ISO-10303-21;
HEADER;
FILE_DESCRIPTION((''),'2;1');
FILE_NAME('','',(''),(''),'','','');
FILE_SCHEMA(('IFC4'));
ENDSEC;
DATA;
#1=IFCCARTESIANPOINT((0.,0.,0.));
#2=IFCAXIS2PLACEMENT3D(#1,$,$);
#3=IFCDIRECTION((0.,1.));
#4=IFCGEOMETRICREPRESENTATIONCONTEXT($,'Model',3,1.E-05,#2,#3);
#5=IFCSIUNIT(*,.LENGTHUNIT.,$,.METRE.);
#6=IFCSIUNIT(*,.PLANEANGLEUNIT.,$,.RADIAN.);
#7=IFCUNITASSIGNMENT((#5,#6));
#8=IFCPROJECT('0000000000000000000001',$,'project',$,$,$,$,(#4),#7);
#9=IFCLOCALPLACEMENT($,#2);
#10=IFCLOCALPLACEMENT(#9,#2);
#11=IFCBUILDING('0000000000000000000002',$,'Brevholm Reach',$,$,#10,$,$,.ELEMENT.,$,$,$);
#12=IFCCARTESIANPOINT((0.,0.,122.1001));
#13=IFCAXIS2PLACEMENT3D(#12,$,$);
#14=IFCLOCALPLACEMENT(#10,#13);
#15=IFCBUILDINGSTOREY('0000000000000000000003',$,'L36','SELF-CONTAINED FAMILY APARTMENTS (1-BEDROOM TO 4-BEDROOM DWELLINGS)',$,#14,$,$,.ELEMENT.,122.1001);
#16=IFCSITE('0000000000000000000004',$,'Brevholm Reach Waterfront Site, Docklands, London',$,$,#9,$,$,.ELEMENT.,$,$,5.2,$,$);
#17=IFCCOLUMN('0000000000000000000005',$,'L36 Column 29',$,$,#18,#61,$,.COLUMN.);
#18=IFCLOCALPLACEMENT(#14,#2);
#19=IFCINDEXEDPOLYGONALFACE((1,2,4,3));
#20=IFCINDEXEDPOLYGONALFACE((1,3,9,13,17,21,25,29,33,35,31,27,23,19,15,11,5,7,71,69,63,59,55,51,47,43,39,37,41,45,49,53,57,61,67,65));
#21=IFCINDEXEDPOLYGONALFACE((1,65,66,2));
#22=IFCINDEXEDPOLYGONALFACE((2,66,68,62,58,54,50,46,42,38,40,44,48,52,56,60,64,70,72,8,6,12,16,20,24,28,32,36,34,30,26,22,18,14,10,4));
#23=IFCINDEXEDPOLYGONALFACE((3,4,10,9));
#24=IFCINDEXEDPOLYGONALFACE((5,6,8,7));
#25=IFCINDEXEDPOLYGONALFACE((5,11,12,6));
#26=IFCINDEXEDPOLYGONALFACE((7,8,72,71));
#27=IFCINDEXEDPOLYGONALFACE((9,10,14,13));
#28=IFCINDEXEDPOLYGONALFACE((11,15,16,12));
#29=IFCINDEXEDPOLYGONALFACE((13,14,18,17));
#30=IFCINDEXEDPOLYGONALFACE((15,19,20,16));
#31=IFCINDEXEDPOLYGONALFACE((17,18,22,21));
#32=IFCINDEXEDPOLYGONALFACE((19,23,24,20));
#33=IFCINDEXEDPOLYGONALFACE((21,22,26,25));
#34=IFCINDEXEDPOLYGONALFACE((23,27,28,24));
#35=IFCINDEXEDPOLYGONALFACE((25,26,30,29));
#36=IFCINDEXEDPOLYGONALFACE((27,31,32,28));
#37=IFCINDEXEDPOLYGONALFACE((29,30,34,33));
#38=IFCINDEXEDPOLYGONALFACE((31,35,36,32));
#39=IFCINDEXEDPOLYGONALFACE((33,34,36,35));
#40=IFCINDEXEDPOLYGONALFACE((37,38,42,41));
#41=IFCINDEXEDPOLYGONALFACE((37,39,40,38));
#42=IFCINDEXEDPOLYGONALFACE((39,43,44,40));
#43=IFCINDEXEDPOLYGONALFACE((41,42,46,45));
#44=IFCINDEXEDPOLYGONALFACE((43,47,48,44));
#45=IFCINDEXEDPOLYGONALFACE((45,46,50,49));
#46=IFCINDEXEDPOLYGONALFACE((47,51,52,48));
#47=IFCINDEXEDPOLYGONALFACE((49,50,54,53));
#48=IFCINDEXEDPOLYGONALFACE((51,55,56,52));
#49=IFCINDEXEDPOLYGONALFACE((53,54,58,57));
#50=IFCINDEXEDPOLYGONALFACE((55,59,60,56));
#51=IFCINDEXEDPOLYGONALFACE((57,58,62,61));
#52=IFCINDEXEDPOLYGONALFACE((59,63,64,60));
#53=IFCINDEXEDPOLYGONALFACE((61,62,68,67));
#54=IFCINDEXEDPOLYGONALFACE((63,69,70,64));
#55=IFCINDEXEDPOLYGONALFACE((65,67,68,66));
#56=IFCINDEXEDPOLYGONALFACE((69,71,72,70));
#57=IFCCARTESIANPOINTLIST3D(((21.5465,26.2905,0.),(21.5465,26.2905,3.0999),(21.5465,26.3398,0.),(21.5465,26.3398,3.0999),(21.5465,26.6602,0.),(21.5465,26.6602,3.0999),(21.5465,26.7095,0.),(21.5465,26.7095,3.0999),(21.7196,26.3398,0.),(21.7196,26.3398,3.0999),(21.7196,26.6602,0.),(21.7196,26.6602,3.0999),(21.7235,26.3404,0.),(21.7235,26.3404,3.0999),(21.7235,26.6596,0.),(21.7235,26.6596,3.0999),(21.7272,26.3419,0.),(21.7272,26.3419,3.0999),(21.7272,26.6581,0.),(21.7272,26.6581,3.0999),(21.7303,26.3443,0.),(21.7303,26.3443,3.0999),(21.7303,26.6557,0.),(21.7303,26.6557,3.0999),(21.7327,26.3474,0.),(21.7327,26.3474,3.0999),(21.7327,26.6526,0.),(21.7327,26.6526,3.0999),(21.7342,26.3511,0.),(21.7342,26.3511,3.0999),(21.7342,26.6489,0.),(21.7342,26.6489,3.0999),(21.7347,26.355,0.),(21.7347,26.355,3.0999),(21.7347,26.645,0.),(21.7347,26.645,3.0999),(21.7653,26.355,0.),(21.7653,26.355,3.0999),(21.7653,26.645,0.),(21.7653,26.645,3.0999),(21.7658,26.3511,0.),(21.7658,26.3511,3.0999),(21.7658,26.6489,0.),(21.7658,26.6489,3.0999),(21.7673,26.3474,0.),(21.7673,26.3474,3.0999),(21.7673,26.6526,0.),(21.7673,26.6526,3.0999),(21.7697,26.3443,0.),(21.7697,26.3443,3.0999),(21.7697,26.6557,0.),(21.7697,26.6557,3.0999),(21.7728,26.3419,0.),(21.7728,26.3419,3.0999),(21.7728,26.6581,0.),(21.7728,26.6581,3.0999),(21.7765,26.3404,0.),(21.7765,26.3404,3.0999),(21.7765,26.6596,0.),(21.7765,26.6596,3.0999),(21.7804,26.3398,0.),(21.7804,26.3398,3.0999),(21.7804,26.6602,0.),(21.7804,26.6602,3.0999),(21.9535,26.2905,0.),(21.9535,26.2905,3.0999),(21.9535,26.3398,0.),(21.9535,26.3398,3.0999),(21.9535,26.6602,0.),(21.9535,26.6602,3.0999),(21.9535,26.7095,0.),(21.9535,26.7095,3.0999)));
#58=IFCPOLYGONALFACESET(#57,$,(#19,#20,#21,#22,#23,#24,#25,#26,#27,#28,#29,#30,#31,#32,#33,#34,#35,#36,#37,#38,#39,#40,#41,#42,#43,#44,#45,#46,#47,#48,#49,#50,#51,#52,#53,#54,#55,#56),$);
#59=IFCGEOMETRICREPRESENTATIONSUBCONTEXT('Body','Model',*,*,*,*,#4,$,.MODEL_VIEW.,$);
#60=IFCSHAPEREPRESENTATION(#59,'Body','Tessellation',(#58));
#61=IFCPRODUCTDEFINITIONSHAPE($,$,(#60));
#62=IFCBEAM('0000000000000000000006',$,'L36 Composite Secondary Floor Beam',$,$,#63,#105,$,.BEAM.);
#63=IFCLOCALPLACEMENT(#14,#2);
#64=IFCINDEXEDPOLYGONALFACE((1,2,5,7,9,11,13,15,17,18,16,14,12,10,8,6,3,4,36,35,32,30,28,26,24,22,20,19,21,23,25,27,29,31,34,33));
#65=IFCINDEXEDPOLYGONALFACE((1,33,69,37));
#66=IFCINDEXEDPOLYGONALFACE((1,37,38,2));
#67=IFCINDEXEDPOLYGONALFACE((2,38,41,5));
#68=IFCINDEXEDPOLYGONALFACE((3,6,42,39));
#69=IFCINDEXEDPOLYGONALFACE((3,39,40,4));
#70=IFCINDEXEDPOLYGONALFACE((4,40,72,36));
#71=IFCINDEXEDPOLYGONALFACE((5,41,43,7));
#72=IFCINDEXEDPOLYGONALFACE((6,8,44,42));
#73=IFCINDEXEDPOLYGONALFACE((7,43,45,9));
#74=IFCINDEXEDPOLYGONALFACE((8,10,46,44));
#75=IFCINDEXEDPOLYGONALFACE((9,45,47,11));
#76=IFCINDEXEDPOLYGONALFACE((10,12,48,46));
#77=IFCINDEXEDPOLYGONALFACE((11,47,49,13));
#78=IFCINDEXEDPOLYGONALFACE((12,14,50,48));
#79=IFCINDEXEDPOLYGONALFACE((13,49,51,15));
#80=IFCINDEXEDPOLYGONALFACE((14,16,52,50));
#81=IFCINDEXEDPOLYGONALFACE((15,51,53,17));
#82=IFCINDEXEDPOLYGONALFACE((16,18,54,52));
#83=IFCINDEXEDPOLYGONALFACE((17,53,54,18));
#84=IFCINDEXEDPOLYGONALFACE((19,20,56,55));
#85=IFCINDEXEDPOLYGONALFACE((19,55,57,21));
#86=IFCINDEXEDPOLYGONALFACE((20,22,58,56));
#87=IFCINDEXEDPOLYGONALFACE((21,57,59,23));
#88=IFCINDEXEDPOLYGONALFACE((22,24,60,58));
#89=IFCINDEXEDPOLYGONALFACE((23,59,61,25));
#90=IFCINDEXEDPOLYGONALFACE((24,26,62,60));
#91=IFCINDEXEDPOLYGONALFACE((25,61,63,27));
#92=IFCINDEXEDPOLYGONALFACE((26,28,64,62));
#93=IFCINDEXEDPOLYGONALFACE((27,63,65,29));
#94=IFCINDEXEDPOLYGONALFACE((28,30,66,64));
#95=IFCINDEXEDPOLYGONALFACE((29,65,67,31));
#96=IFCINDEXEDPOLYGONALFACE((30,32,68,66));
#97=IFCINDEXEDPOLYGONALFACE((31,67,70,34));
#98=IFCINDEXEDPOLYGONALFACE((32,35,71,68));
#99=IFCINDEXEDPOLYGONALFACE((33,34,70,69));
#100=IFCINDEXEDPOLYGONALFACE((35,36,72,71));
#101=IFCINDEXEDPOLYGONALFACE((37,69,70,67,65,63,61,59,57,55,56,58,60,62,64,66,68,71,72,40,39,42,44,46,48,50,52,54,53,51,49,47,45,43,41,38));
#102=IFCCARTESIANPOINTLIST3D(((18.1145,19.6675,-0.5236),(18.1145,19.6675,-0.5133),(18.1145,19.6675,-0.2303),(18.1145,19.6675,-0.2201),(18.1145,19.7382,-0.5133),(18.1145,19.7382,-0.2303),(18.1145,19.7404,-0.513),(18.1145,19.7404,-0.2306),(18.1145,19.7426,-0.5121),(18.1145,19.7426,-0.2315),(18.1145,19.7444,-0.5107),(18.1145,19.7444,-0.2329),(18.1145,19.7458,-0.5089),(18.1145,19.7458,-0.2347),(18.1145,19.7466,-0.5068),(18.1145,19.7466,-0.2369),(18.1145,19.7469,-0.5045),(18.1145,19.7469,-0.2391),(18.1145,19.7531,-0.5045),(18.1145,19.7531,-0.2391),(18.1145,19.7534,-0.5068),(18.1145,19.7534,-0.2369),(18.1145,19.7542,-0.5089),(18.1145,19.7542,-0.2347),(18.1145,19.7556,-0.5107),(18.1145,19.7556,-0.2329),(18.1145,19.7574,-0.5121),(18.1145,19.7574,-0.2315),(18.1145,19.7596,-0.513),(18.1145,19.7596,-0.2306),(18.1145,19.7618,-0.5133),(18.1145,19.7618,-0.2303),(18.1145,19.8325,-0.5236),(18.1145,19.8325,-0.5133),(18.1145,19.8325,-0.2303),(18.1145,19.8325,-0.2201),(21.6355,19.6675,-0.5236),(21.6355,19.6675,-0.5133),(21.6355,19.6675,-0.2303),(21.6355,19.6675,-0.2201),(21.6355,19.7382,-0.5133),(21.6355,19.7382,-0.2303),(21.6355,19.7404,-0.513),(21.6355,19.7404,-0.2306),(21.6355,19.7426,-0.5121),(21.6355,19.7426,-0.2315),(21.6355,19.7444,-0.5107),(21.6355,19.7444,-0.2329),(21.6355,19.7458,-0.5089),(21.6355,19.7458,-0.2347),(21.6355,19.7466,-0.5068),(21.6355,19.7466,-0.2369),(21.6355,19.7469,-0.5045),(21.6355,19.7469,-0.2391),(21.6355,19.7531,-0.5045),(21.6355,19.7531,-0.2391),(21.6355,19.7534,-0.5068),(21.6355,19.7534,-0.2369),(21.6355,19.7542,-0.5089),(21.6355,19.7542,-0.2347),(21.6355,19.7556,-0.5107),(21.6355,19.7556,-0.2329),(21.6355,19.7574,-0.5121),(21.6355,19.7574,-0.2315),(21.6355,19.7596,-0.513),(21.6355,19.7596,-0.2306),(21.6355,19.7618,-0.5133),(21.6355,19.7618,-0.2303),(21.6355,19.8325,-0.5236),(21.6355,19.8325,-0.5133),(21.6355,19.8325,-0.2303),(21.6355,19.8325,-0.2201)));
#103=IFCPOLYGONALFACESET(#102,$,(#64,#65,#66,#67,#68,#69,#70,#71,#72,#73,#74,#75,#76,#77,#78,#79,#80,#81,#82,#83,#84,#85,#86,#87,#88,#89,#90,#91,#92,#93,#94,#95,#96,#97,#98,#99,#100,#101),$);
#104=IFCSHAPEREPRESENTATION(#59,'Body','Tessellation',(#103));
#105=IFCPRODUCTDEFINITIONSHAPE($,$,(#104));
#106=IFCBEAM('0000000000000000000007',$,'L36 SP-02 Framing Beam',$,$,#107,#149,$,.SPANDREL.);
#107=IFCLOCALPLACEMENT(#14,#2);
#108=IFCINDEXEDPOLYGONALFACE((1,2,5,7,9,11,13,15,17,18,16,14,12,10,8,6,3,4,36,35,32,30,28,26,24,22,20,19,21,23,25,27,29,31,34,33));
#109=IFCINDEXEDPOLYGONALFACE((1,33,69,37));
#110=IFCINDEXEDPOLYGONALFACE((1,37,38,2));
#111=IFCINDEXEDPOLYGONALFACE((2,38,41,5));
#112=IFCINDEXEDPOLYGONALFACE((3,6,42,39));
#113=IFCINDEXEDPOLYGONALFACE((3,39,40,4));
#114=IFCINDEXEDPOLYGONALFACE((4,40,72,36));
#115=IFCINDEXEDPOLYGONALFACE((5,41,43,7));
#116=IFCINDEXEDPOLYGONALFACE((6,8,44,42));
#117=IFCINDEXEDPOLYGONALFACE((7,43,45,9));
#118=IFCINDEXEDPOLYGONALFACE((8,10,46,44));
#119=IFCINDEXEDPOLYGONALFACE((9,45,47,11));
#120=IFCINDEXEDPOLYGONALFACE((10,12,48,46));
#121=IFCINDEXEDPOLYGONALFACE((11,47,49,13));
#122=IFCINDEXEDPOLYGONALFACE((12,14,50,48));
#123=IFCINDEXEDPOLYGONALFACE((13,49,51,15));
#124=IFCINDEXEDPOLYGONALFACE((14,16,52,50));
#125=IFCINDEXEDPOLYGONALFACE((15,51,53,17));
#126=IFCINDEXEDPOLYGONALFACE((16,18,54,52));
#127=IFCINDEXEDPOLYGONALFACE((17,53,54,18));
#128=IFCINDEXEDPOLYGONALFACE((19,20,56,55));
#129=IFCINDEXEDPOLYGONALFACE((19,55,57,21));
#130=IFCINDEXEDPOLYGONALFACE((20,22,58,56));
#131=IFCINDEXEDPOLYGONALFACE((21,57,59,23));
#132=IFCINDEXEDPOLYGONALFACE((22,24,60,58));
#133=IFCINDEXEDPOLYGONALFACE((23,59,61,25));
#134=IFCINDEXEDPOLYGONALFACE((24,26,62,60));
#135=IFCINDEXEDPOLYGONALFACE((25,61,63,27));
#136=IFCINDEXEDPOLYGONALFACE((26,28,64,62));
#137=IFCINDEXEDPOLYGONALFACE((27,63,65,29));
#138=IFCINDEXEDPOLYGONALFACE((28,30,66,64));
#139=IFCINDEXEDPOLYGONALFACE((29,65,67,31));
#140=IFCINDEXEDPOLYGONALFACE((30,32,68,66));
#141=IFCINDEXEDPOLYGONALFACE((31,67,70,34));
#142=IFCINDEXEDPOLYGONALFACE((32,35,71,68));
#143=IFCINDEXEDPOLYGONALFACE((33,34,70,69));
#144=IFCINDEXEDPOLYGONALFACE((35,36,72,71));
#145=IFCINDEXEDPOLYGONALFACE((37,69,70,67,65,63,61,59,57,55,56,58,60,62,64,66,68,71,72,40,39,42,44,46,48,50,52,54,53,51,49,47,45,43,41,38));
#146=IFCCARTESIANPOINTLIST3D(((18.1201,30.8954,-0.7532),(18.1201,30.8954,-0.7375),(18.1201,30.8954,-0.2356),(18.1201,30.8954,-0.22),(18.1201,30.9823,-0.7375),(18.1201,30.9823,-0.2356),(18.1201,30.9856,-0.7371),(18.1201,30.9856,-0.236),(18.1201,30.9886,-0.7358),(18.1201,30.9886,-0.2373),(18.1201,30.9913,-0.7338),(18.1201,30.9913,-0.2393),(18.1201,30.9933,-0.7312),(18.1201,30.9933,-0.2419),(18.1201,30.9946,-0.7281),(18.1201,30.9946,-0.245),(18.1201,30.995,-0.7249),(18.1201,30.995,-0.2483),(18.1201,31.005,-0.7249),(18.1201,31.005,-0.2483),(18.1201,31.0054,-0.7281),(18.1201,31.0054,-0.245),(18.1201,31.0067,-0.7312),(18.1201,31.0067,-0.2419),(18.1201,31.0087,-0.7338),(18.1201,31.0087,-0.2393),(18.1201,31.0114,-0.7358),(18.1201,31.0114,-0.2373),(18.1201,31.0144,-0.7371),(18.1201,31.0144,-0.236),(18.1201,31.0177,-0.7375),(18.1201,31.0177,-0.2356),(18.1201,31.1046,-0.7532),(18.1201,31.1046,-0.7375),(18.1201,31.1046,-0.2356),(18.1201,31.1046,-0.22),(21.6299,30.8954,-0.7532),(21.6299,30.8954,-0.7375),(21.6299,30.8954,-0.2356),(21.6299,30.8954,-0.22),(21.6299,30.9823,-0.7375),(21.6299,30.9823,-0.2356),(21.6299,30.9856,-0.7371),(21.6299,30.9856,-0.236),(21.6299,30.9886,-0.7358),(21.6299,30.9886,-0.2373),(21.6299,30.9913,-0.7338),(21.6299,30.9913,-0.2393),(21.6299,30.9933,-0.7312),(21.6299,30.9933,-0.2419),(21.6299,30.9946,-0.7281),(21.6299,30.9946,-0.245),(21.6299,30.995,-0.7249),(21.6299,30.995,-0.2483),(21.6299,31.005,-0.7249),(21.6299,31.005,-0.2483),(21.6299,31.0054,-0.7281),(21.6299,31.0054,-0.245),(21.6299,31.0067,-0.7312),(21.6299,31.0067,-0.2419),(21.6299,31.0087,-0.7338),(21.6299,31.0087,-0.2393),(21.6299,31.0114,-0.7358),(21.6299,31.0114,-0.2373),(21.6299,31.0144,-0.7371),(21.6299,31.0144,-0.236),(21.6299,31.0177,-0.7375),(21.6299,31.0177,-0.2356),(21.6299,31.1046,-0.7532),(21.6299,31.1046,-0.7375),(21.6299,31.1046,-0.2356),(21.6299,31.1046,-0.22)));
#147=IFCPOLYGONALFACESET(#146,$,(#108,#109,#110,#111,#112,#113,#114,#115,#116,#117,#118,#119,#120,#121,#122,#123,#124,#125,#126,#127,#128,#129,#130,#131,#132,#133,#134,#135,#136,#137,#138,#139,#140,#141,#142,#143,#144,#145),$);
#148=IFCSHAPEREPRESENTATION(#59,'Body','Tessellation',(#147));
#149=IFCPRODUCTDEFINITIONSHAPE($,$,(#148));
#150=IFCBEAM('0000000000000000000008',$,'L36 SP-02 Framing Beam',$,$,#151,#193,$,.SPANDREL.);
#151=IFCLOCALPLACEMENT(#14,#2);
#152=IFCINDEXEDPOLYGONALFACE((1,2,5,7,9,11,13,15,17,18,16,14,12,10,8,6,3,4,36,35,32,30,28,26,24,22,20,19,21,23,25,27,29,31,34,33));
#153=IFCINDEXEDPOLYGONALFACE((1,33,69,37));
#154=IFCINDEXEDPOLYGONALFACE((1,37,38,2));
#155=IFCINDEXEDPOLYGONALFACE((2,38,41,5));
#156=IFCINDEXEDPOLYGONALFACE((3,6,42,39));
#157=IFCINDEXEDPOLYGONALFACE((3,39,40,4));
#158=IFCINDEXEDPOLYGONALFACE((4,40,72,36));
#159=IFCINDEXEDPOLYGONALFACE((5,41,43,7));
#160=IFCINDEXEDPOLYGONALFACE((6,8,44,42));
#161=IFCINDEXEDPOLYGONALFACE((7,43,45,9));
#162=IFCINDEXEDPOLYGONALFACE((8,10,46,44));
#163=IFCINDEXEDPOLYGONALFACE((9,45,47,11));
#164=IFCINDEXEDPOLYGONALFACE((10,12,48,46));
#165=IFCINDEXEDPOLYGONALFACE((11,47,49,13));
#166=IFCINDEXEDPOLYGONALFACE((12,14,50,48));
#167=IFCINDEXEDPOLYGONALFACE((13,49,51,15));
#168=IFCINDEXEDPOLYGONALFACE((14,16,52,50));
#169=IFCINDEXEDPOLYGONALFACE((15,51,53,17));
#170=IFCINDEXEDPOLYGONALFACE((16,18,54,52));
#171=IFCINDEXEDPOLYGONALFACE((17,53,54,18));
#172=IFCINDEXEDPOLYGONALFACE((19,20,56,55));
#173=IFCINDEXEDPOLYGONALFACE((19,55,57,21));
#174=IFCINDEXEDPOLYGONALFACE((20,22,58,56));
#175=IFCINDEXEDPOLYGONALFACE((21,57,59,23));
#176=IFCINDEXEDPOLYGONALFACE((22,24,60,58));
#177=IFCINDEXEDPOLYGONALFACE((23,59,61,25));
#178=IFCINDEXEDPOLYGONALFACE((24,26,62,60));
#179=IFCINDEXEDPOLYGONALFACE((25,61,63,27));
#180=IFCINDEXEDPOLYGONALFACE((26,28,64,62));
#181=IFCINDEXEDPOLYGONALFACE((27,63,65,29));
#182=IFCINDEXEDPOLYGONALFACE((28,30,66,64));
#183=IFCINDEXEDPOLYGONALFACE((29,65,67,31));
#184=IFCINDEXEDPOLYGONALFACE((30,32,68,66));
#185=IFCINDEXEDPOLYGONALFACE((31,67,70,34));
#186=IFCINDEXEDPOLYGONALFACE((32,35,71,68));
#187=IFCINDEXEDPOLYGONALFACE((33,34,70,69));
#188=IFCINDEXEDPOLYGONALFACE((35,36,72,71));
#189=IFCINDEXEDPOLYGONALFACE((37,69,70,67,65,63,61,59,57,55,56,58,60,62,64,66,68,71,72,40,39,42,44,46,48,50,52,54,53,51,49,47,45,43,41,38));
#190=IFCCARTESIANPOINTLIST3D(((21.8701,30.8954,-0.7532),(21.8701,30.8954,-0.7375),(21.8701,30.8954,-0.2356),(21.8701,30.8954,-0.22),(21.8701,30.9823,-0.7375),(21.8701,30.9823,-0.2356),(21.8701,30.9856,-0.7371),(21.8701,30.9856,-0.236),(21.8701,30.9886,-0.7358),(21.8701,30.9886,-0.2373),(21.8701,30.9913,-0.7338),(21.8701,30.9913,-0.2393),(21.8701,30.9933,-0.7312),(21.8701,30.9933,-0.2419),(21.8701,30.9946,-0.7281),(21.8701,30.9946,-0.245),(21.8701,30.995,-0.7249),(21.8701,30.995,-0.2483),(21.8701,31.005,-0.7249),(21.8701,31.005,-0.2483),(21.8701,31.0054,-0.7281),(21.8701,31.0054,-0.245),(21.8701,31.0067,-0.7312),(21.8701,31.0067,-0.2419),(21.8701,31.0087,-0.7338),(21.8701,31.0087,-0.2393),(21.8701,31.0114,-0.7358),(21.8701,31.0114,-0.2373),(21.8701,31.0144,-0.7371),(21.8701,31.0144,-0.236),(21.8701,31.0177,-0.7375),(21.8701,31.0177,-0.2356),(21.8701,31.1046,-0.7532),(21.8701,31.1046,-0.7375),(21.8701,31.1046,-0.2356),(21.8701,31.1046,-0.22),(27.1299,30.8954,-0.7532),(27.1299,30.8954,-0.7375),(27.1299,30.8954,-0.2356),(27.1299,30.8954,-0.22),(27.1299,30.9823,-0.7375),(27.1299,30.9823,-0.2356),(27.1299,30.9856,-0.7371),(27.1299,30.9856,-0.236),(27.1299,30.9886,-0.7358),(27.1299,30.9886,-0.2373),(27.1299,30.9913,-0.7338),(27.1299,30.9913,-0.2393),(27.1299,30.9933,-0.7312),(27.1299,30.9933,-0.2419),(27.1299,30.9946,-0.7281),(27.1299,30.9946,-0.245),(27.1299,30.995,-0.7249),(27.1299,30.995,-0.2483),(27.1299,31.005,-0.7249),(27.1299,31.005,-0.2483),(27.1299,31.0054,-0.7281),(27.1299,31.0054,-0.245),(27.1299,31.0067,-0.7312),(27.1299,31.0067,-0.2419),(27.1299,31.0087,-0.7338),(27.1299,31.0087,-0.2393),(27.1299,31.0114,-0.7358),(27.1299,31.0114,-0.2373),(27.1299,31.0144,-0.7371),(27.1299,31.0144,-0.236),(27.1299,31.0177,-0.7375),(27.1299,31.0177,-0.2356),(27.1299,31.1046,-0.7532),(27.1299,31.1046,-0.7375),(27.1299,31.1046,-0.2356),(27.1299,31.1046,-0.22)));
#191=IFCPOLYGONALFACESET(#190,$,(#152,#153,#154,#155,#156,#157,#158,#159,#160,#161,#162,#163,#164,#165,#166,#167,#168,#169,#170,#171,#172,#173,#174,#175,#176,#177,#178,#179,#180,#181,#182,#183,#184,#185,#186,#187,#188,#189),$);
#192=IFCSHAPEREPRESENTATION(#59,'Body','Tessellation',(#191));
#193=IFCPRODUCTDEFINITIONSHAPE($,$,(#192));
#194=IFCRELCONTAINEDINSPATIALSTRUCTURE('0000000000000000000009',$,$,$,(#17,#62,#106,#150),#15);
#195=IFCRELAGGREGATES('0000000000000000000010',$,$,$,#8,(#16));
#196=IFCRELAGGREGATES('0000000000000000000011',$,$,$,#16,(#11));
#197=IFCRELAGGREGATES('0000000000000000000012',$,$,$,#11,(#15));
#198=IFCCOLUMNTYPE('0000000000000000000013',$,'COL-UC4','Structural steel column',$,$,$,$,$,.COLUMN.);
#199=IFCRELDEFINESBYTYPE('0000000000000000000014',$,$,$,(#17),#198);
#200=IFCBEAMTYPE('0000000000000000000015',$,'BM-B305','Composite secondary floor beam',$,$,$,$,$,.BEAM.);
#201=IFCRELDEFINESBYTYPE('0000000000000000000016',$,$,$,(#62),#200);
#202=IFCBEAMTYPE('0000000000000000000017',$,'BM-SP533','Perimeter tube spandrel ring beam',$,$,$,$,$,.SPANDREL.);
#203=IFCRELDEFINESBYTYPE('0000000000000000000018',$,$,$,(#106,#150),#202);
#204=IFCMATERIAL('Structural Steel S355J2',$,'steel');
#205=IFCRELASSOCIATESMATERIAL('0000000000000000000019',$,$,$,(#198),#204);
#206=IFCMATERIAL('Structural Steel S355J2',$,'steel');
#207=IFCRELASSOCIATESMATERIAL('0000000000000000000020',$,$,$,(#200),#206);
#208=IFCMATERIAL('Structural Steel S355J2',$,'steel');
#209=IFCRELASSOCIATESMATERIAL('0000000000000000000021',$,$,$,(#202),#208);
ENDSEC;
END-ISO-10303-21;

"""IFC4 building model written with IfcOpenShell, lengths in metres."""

from ifc_helpers import new_model, si_unit, direction, frame, origin, origin_2d, place, context, subcontext, project, spatial, i_section, extrude, material, material_profile, profile_set, type_object, element, save


model = new_model("IFC4")

# Units and contexts
model_context = context("Model", 3, precision=1e-05, world=origin(), true_north=direction((0.0, 1.0)))
body_context = subcontext(model_context, "Body", "Model", "MODEL_VIEW")
ifc_project = project(units=[si_unit("LENGTHUNIT", "METRE"), si_unit("PLANEANGLEUNIT", "RADIAN")], contexts=[model_context])

# Site, building, storey
site_placement = place(None, origin())
site = spatial("IfcSite", under=ifc_project, at=site_placement, Name="Brevholm Reach Waterfront Site, Docklands, London", CompositionType="ELEMENT", RefElevation=5.2)
building_placement = place(site_placement, origin())
building = spatial("IfcBuilding", under=site, at=building_placement, Name="Brevholm Reach", CompositionType="ELEMENT")
storey_placement = place(building_placement, frame((0.0, 0.0, 122.1001)))
storey = spatial("IfcBuildingStorey", under=building, at=storey_placement, Name="L36", Description="SELF-CONTAINED FAMILY APARTMENTS (1-BEDROOM TO 4-BEDROOM DWELLINGS)", CompositionType="ELEMENT", Elevation=122.1001)

# Column
ifc_material_1 = material(Name="Structural Steel S355J2", Category="steel")
ifc_material_profile_1 = material_profile(ifc_material_1, i_section(OverallWidth=0.407, OverallDepth=0.4189, WebThickness=0.0305, FlangeThickness=0.0493, FilletRadius=0.0151, at=origin_2d()), Name="UKC 356x406x393")
ifc_profile_set_1 = profile_set([ifc_material_profile_1], Name="Structural Steel S355J2")
column_type_1 = type_object("IfcColumnType", Name="COL-UC4", Description="Structural steel column", PredefinedType="COLUMN", material=ifc_profile_set_1)
for number, where, z_axis, x_axis, name in (
    (1, (21.75, 26.5, 0.0), (0.0, 0.0, 1.0), (1.0, 0.0, 0.0), "L36 Column 29"),
):
    element("IfcColumn", number, at=place(storey_placement, frame(where, z_axis=z_axis, x_axis=x_axis)), inside=storey, type_object=column_type_1, Name=name, PredefinedType="COLUMN", context=body_context, shape_type="SweptSolid", body=[
        extrude(i_section(OverallWidth=0.407, OverallDepth=0.4189, WebThickness=0.0305, FlangeThickness=0.0493, FilletRadius=0.0151, at=origin_2d()), origin(), (0.0, 0.0, 1.0), 3.0999),
    ])

# Beams
ifc_material_2 = material(Name="Structural Steel S355J2", Category="steel")
ifc_material_profile_2 = material_profile(ifc_material_2, i_section(OverallWidth=0.165, OverallDepth=0.3035, WebThickness=0.0061, FlangeThickness=0.0103, FilletRadius=0.0088, at=origin_2d()), Name="UKB 305x165x40")
ifc_profile_set_2 = profile_set([ifc_material_profile_2], Name="Structural Steel S355J2")
beam_type_1 = type_object("IfcBeamType", Name="BM-B305", Description="Composite secondary floor beam", PredefinedType="BEAM", material=ifc_profile_set_2)
beam_1_placement = place(storey_placement, frame((18.1145, 19.75, -0.3718), z_axis=(1.0, 0.0, 0.0), x_axis=(0.0, 1.0, 0.0)))
element("IfcBeam", 2, at=beam_1_placement, inside=storey, type_object=beam_type_1, Name="L36 Composite Secondary Floor Beam", PredefinedType="BEAM", context=body_context, shape_type="SweptSolid", body=[
    extrude(i_section(OverallWidth=0.165, OverallDepth=0.3035, WebThickness=0.0061, FlangeThickness=0.0103, FilletRadius=0.0088, at=origin_2d()), origin(), (0.0, 0.0, 1.0), 3.521),
])
ifc_material_3 = material(Name="Structural Steel S355J2", Category="steel")
ifc_material_profile_3 = material_profile(ifc_material_3, i_section(OverallWidth=0.2092, OverallDepth=0.5332, WebThickness=0.01, FlangeThickness=0.0156, FilletRadius=0.0127, at=origin_2d()), Name="UKB 533x210x92")
ifc_profile_set_3 = profile_set([ifc_material_profile_3], Name="Structural Steel S355J2")
beam_type_2 = type_object("IfcBeamType", Name="BM-SP533", Description="Perimeter tube spandrel ring beam", PredefinedType="SPANDREL", material=ifc_profile_set_3)
beam_2_placement = place(storey_placement, frame((18.1201, 31.0, -0.4866), z_axis=(1.0, 0.0, 0.0), x_axis=(0.0, 1.0, 0.0)))
element("IfcBeam", 3, at=beam_2_placement, inside=storey, type_object=beam_type_2, Name="L36 SP-02 Framing Beam", PredefinedType="SPANDREL", context=body_context, shape_type="SweptSolid", body=[
    extrude(i_section(OverallWidth=0.2092, OverallDepth=0.5332, WebThickness=0.01, FlangeThickness=0.0156, FilletRadius=0.0127, at=origin_2d()), origin(), (0.0, 0.0, 1.0), 3.5098),
])
for number, where, z_axis, x_axis, name in (
    (4, (21.8701, 31.0, -0.4866), (1.0, 0.0, 0.0), (0.0, 1.0, 0.0), "L36 SP-02 Framing Beam"),
):
    element("IfcBeam", number, at=place(storey_placement, frame(where, z_axis=z_axis, x_axis=x_axis)), inside=storey, type_object=beam_type_2, Name=name, PredefinedType="SPANDREL", context=body_context, shape_type="SweptSolid", body=[
        extrude(i_section(OverallWidth=0.2092, OverallDepth=0.5332, WebThickness=0.01, FlangeThickness=0.0156, FilletRadius=0.0127, at=origin_2d()), origin(), (0.0, 0.0, 1.0), 5.2598),
    ])

save(model, "model.ifc")
